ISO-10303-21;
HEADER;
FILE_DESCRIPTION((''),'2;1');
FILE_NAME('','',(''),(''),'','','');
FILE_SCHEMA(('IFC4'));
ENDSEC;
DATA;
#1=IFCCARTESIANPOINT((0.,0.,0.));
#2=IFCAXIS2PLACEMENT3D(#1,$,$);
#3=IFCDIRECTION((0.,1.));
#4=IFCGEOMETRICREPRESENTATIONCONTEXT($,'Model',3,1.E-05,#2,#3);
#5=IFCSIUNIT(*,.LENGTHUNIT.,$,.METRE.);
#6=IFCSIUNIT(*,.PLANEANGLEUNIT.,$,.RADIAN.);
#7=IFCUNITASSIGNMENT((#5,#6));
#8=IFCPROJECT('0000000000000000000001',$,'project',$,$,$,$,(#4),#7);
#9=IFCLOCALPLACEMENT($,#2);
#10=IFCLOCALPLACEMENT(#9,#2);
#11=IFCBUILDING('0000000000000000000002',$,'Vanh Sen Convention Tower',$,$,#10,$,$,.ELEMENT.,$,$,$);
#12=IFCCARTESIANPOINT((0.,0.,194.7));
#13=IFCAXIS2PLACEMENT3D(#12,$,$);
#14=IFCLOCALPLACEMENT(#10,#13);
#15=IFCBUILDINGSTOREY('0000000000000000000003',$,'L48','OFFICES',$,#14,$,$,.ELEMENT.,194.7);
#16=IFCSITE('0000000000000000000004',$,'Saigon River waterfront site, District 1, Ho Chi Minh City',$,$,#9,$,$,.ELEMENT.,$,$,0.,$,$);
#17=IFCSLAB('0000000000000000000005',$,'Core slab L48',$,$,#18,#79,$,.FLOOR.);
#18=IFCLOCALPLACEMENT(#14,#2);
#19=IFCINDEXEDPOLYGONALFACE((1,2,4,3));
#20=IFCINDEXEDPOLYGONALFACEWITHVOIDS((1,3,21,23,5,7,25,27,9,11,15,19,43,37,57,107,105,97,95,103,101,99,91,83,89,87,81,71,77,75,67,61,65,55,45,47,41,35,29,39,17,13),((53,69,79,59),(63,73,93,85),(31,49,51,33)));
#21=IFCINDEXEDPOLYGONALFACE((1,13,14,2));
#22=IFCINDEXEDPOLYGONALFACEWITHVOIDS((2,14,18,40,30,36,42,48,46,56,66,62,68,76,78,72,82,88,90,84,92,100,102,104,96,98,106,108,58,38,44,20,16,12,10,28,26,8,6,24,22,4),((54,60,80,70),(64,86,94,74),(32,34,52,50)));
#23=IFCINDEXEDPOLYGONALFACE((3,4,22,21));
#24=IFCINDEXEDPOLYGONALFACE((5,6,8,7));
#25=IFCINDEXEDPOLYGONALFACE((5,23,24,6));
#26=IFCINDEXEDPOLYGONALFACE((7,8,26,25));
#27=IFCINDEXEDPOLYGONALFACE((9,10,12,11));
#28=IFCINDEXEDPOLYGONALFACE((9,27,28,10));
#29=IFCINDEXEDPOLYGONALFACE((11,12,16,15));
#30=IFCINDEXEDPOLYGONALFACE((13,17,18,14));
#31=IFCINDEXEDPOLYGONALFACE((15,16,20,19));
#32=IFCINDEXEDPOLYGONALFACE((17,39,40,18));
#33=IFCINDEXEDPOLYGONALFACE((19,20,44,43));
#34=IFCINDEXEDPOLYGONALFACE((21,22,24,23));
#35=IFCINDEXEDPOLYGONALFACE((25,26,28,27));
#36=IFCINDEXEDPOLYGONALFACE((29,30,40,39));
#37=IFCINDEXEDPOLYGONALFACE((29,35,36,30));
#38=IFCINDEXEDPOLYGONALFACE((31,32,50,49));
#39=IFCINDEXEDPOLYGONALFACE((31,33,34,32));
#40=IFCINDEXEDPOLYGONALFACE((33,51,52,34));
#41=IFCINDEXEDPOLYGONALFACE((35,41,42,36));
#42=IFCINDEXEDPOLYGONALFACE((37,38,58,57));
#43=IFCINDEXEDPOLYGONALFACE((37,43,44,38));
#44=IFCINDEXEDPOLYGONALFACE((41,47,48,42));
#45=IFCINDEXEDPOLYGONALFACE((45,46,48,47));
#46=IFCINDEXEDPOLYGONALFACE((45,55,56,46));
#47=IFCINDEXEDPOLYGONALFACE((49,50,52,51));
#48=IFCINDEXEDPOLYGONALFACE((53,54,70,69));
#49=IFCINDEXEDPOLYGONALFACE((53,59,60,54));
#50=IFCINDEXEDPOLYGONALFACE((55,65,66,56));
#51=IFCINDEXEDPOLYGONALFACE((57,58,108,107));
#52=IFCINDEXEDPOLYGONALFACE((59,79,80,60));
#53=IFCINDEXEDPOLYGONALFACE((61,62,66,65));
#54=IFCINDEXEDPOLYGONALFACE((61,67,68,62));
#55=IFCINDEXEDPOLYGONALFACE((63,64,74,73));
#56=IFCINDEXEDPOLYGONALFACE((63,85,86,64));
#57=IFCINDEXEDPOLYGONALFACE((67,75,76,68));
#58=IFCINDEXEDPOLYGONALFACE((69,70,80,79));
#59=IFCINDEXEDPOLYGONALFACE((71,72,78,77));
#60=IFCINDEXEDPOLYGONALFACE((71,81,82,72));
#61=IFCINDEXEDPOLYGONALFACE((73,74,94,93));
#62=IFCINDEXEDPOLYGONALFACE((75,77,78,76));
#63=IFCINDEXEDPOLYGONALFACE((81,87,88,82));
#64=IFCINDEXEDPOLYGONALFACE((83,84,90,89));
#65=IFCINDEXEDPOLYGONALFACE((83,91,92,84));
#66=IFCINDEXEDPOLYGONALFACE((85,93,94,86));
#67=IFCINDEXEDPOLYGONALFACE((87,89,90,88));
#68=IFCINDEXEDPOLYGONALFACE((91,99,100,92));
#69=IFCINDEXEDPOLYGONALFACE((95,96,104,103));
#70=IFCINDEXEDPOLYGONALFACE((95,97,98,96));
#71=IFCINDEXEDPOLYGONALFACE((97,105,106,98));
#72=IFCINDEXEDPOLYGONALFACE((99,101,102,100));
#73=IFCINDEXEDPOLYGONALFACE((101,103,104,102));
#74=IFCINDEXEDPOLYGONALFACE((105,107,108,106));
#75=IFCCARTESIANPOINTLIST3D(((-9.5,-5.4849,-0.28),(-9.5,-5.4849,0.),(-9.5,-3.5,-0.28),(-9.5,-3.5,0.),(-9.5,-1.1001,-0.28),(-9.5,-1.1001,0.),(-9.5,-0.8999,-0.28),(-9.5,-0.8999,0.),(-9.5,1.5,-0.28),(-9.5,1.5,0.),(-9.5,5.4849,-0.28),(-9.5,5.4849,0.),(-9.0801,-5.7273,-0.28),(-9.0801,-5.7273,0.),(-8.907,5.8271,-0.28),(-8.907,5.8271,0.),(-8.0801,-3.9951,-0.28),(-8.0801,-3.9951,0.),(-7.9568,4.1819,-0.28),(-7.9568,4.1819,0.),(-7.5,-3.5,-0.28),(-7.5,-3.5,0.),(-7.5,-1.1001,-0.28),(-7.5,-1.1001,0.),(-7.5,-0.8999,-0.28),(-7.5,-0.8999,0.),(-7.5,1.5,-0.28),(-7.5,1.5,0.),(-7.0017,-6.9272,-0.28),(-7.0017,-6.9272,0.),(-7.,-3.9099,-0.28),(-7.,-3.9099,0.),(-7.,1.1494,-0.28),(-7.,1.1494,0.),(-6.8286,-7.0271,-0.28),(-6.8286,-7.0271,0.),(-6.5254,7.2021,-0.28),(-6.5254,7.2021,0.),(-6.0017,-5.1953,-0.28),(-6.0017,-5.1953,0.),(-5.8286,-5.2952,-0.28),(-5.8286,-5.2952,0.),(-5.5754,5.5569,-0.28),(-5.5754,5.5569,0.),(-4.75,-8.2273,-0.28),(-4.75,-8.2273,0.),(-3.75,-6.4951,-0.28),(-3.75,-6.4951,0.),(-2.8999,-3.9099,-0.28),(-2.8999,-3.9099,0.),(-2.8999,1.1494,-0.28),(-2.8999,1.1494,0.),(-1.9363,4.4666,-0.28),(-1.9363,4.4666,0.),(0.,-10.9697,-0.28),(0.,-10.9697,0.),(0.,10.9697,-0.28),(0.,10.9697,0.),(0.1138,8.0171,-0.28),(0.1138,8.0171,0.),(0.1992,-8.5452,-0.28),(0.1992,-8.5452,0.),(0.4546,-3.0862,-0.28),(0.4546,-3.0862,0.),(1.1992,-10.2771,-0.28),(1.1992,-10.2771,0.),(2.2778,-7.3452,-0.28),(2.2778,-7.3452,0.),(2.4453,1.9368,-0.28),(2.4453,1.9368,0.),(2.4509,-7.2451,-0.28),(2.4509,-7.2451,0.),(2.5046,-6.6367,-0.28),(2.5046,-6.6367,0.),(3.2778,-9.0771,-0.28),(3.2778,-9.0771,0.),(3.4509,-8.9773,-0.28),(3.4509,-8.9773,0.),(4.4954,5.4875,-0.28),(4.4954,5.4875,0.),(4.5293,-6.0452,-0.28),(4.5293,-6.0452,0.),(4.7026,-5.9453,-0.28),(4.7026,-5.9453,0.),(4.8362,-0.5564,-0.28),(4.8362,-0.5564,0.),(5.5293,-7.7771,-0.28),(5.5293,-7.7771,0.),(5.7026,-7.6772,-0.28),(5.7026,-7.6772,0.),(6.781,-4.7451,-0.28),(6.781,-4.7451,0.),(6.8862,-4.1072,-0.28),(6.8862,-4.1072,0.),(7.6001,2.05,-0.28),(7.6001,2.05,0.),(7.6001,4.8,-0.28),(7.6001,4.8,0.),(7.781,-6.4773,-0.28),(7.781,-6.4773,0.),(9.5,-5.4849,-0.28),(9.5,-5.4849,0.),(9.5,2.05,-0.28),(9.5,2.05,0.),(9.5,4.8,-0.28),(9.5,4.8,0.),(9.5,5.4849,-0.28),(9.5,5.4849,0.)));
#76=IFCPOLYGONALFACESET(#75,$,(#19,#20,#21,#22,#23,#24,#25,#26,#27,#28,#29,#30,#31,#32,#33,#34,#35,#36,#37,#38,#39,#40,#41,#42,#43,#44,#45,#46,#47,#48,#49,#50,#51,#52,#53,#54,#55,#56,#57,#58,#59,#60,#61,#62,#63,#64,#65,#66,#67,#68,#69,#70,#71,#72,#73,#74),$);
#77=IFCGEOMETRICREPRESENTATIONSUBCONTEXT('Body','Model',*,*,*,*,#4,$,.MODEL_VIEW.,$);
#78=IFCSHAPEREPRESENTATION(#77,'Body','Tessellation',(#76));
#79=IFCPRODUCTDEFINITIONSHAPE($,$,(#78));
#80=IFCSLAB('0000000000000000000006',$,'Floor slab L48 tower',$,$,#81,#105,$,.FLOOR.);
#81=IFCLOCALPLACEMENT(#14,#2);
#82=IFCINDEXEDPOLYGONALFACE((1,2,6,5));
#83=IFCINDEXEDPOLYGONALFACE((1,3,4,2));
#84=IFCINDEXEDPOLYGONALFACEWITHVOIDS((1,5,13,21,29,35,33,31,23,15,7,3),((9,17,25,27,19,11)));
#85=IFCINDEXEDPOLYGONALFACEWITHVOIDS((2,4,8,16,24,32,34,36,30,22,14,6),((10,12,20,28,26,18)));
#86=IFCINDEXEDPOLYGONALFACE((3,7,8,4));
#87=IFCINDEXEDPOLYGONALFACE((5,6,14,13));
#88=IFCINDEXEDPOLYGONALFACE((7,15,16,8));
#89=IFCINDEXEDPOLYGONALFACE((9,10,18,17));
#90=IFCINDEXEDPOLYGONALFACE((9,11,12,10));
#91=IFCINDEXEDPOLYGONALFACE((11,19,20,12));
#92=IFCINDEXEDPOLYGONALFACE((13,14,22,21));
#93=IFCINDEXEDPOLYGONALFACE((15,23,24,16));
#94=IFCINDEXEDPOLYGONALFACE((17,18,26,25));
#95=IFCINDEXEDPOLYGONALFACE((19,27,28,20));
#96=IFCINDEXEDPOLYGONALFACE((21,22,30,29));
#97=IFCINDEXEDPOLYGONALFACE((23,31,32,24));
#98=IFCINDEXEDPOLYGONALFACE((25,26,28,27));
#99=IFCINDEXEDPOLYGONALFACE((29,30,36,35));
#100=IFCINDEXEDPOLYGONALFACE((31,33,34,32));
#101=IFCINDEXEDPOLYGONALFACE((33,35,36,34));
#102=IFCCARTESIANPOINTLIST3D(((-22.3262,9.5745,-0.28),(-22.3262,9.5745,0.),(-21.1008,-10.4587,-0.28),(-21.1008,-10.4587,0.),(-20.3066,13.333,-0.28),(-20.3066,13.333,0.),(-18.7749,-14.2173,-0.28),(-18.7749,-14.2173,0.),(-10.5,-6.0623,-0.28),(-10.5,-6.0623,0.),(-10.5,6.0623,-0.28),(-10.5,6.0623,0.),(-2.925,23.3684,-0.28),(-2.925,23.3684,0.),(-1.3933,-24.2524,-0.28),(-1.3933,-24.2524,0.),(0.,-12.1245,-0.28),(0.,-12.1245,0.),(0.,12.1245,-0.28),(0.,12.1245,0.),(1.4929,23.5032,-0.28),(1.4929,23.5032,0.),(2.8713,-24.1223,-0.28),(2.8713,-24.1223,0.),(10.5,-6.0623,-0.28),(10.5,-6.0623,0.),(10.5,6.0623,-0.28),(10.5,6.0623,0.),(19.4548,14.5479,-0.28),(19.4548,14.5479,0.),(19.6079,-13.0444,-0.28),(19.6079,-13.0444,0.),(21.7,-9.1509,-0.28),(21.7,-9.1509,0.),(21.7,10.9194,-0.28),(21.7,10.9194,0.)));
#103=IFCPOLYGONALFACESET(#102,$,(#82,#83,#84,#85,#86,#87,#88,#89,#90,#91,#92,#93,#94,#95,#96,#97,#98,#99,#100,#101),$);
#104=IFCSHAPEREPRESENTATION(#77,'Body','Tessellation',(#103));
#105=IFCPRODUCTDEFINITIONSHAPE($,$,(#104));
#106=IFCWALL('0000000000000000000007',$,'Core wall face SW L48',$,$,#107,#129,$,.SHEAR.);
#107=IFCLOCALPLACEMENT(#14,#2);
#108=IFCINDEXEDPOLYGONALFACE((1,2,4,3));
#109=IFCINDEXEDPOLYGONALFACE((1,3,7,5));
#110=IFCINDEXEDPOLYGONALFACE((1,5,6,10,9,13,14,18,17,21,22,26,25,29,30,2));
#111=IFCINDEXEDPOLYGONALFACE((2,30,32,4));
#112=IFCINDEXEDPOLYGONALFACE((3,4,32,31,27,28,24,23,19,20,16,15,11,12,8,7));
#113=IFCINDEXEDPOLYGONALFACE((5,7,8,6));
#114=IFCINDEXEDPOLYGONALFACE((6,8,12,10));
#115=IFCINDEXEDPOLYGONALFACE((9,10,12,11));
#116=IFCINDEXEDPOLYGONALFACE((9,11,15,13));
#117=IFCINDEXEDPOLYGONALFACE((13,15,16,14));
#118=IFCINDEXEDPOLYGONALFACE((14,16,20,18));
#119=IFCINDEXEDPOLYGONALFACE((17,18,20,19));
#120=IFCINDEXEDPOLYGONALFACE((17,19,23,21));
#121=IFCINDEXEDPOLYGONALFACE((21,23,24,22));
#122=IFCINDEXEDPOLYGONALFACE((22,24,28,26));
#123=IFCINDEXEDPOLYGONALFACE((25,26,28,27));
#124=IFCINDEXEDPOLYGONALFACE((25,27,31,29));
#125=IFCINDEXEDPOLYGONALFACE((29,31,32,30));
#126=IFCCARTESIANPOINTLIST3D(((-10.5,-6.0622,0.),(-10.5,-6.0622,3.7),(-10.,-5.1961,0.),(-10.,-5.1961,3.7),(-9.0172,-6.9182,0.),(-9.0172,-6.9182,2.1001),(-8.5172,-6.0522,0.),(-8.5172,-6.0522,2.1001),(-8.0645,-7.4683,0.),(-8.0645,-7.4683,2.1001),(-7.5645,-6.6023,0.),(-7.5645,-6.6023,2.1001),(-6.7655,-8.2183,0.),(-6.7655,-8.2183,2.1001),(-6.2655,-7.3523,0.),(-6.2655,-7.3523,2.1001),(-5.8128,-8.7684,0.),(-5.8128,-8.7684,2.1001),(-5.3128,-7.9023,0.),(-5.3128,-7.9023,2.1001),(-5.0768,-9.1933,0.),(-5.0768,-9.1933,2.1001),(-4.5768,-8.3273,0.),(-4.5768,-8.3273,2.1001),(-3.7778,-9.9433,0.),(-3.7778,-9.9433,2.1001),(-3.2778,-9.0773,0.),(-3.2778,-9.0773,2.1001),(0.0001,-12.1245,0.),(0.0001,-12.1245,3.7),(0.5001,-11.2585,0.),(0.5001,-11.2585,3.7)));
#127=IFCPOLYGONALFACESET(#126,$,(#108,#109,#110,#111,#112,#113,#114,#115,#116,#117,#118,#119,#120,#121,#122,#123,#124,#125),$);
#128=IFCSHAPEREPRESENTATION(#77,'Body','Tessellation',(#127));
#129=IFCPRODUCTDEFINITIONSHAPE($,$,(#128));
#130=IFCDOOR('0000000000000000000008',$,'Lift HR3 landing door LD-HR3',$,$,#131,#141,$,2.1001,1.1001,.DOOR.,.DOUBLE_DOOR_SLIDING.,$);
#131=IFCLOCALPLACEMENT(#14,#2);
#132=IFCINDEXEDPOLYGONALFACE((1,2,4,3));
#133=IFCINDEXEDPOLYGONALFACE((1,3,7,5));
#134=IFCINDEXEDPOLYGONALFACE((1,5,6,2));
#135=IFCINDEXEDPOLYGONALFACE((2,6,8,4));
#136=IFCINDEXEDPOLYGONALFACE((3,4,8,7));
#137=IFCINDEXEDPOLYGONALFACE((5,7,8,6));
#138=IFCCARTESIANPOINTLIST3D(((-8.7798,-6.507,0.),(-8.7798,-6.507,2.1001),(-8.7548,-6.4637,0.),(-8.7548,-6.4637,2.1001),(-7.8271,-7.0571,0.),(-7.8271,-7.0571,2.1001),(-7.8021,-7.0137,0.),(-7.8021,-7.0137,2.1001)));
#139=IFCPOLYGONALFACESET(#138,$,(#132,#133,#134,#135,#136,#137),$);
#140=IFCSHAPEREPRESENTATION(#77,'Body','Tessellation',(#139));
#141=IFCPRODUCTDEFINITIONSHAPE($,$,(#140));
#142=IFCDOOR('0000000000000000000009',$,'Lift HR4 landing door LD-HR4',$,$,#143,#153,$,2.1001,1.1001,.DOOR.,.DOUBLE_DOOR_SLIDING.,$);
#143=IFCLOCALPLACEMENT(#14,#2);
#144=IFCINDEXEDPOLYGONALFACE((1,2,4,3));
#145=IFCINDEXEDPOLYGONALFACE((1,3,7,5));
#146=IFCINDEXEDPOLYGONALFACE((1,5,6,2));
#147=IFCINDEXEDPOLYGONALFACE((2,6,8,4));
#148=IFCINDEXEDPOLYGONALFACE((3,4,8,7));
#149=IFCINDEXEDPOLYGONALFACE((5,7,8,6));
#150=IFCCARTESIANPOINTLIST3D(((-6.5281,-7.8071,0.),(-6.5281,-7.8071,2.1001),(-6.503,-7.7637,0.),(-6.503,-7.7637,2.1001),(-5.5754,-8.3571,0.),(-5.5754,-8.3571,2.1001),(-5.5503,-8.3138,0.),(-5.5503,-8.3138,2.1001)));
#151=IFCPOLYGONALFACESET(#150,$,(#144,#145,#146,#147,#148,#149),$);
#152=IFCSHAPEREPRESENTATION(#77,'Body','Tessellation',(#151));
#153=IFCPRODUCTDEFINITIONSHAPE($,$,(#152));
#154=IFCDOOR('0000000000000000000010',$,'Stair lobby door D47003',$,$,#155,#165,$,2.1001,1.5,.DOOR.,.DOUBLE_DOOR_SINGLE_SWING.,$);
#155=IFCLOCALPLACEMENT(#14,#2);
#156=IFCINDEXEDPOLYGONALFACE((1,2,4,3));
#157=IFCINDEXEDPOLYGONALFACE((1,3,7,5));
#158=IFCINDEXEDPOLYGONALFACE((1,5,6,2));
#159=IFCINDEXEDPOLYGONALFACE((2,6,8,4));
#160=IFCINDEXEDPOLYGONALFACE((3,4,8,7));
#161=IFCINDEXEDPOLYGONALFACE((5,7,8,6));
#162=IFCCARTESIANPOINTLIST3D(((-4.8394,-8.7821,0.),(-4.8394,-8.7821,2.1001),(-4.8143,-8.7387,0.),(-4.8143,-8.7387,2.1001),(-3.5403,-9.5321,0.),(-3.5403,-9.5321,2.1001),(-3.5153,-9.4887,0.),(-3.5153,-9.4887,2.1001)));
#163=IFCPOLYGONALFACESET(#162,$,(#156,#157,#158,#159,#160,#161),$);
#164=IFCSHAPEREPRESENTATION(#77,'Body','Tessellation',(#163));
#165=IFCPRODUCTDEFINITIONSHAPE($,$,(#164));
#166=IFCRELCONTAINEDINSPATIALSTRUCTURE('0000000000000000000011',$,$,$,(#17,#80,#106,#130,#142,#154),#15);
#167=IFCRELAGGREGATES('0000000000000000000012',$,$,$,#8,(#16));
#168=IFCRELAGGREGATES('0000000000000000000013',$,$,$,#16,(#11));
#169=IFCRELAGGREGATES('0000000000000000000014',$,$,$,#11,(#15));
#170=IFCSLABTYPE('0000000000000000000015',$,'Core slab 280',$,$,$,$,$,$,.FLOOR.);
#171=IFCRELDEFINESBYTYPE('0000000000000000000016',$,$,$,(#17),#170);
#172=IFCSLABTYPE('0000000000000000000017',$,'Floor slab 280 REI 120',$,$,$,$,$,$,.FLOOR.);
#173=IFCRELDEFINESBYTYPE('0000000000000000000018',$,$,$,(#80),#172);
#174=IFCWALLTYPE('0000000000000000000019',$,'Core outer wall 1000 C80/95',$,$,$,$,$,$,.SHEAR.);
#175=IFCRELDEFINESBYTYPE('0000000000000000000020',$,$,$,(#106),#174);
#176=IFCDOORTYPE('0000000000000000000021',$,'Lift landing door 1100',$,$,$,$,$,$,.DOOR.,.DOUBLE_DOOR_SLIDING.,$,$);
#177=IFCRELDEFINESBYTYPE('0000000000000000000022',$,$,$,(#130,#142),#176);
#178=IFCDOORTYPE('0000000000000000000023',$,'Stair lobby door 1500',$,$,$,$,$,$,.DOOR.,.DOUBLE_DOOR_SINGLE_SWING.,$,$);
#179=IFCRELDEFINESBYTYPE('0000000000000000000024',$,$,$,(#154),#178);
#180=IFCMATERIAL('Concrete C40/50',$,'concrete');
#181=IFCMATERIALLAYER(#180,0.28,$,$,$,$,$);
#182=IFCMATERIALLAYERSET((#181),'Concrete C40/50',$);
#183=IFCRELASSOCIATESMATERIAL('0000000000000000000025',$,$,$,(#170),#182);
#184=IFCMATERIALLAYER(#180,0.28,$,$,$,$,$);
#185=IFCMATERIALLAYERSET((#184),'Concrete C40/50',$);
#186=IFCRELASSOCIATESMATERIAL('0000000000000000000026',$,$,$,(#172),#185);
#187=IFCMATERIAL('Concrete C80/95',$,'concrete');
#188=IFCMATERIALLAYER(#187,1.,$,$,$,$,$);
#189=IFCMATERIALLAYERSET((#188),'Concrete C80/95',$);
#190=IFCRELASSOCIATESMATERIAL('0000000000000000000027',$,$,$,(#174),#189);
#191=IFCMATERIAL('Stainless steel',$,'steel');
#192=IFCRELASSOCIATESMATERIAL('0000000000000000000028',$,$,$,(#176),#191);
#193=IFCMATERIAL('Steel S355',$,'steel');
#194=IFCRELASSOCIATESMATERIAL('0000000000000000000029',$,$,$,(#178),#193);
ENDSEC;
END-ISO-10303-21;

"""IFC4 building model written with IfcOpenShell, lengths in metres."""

from ifc_helpers import new_model, si_unit, direction, frame, frame_2d, origin, place, context, subcontext, project, spatial, polyline, rectangle, outline, extrude, material, layer, layer_set, type_object, element, fill, save


model = new_model("IFC4")

# Units and contexts
model_context = context("Model", 3, precision=1e-05, world=origin(), true_north=direction((0.0, 1.0)))
body_context = subcontext(model_context, "Body", "Model", "MODEL_VIEW")
ifc_project = project(units=[si_unit("LENGTHUNIT", "METRE"), si_unit("PLANEANGLEUNIT", "RADIAN")], contexts=[model_context])

# Site, building, storey
site_placement = place(None, origin())
site = spatial("IfcSite", under=ifc_project, at=site_placement, Name="Saigon River waterfront site, District 1, Ho Chi Minh City", CompositionType="ELEMENT", RefElevation=0.0)
building_placement = place(site_placement, origin())
building = spatial("IfcBuilding", under=site, at=building_placement, Name="Vanh Sen Convention Tower", CompositionType="ELEMENT")
storey_placement = place(building_placement, frame((0.0, 0.0, 194.7)))
storey = spatial("IfcBuildingStorey", under=building, at=storey_placement, Name="L48", Description="OFFICES", CompositionType="ELEMENT", Elevation=194.7)

# Slabs
ifc_material_1 = material(Name="Concrete C40/50", Category="concrete")
ifc_layer_1 = layer(ifc_material_1, 0.28)
ifc_layer_set_1 = layer_set([ifc_layer_1], Name="Concrete C40/50")
slab_type_1 = type_object("IfcSlabType", Name="Core slab 280", PredefinedType="FLOOR", material=ifc_layer_set_1)
slab_1_placement = place(storey_placement, frame((0.0, 0.0, -0.28)))
element("IfcSlab", 1, at=slab_1_placement, inside=storey, type_object=slab_type_1, Name="Core slab L48", PredefinedType="FLOOR", context=body_context, shape_type="SweptSolid", body=[
    extrude(outline(polyline([(0.0, 10.9697), (9.5, 5.4849), (9.5, 4.8), (7.6001, 4.8), (7.6001, 2.05), (9.5, 2.05), (9.5, -5.4849), (7.781, -6.4773), (6.781, -4.7451), (4.7026, -5.9453), (5.7026, -7.6772), (5.5293, -7.7771), (4.5293, -6.0452), (2.4509, -7.2451), (3.4509, -8.9773), (3.2778, -9.0771), (2.2778, -7.3452), (0.1992, -8.5452), (1.1992, -10.2771), (0.0, -10.9697), (-4.75, -8.2273), (-3.75, -6.4951), (-5.8286, -5.2952), (-6.8286, -7.0271), (-7.0017, -6.9272), (-6.0017, -5.1953), (-8.0801, -3.9951), (-9.0801, -5.7273), (-9.5, -5.4849), (-9.5, -3.5), (-7.5, -3.5), (-7.5, -1.1001), (-9.5, -1.1001), (-9.5, -0.8999), (-7.5, -0.8999), (-7.5, 1.5), (-9.5, 1.5), (-9.5, 5.4849), (-8.907, 5.8271), (-7.9568, 4.1819), (-5.5754, 5.5569), (-6.5254, 7.2021), (0.0, 10.9697)]), holes=[polyline([(-7.0, 1.1494), (-7.0, -3.9099), (-2.8999, -3.9099), (-2.8999, 1.1494), (-7.0, 1.1494)]), polyline([(2.5046, -6.6367), (6.8862, -4.1072), (4.8362, -0.5564), (0.4546, -3.0862), (2.5046, -6.6367)]), polyline([(0.1138, 8.0171), (-1.9363, 4.4666), (2.4453, 1.9368), (4.4954, 5.4875), (0.1138, 8.0171)])]), origin(), (0.0, 0.0, 1.0), 0.28),
])
ifc_layer_2 = layer(ifc_material_1, 0.28)
ifc_layer_set_2 = layer_set([ifc_layer_2], Name="Concrete C40/50")
slab_type_2 = type_object("IfcSlabType", Name="Floor slab 280 REI 120", PredefinedType="FLOOR", material=ifc_layer_set_2)
slab_2_placement = place(storey_placement, frame((0.0, 0.0, -0.28)))
element("IfcSlab", 2, at=slab_2_placement, inside=storey, type_object=slab_type_2, Name="Floor slab L48 tower", PredefinedType="FLOOR", context=body_context, shape_type="SweptSolid", body=[
    extrude(outline(polyline([(21.7, -9.1509), (21.7, 10.9194), (19.4548, 14.5479), (1.4929, 23.5032), (-2.925, 23.3684), (-20.3066, 13.333), (-22.3262, 9.5745), (-21.1008, -10.4587), (-18.7749, -14.2173), (-1.3933, -24.2524), (2.8713, -24.1223), (19.6079, -13.0444), (21.7, -9.1509)]), holes=[polyline([(0.0, 12.1245), (-10.5, 6.0623), (-10.5, -6.0623), (0.0, -12.1245), (10.5, -6.0623), (10.5, 6.0623), (0.0, 12.1245)])]), origin(), (0.0, 0.0, 1.0), 0.28),
])

# Wall, openings, doors
ifc_material_2 = material(Name="Concrete C80/95", Category="concrete")
ifc_layer_3 = layer(ifc_material_2, 1.0)
ifc_layer_set_3 = layer_set([ifc_layer_3], Name="Concrete C80/95")
wall_type_1 = type_object("IfcWallType", Name="Core outer wall 1000 C80/95", PredefinedType="SHEAR", material=ifc_layer_set_3)
wall_1_placement = place(storey_placement, frame((-10.25, -5.6292, 0.0), z_axis=(0.0, 0.0, 1.0), x_axis=(0.866023, -0.500005, 0.0)))
wall_1 = element("IfcWall", 3, at=wall_1_placement, inside=storey, type_object=wall_type_1, Name="Core wall face SW L48", PredefinedType="SHEAR", context=body_context, shape_type="SweptSolid", body=[
    extrude(rectangle(XDim=12.1245, YDim=1.0, at=frame_2d((6.0623, 0.0))), origin(), (0.0, 0.0, 1.0), 3.7),
])
opening_1_placement = place(wall_1_placement, frame((6.2622, 0.0, 0.0)))
opening_1 = element("IfcOpeningElement", 4, at=opening_1_placement, cuts=wall_1, PredefinedType="OPENING", context=body_context, shape_type="SweptSolid", body=[
    extrude(rectangle(XDim=1.5, YDim=2.1001, at=frame_2d((0.75, 1.05))), frame((0.0, 0.51, 0.0), z_axis=(0.0, -1.0, 0.0), x_axis=(1.0, 0.0, 0.0)), (0.0, 0.0, 1.0), 1.02),
])
opening_2_placement = place(wall_1_placement, frame((1.7122, 0.0, 0.0)))
opening_2 = element("IfcOpeningElement", 5, at=opening_2_placement, cuts=wall_1, PredefinedType="OPENING", context=body_context, shape_type="SweptSolid", body=[
    extrude(rectangle(XDim=1.1001, YDim=2.1001, at=frame_2d((0.55, 1.05))), frame((0.0, 0.51, 0.0), z_axis=(0.0, -1.0, 0.0), x_axis=(1.0, 0.0, 0.0)), (0.0, 0.0, 1.0), 1.02),
])
opening_3_placement = place(wall_1_placement, frame((4.3123, 0.0, 0.0)))
opening_3 = element("IfcOpeningElement", 6, at=opening_3_placement, cuts=wall_1, PredefinedType="OPENING", context=body_context, shape_type="SweptSolid", body=[
    extrude(rectangle(XDim=1.1001, YDim=2.1001, at=frame_2d((0.55, 1.05))), frame((0.0, 0.51, 0.0), z_axis=(0.0, -1.0, 0.0), x_axis=(1.0, 0.0, 0.0)), (0.0, 0.0, 1.0), 1.02),
])
ifc_material_3 = material(Name="Stainless steel", Category="steel")
door_type_1 = type_object("IfcDoorType", Name="Lift landing door 1100", OperationType="DOUBLE_DOOR_SLIDING", PredefinedType="DOOR", material=ifc_material_3)
door_1_placement = place(opening_2_placement, origin())
door_1 = element("IfcDoor", 7, at=door_1_placement, inside=storey, type_object=door_type_1, Name="Lift HR3 landing door LD-HR3", OperationType="DOUBLE_DOOR_SLIDING", OverallHeight=2.1001, OverallWidth=1.1001, PredefinedType="DOOR", context=body_context, shape_type="SweptSolid", body=[
    extrude(rectangle(XDim=1.1001, YDim=2.1001, at=frame_2d((0.55, 1.05))), frame((0.0, 0.0249, 0.0), z_axis=(0.0, -1.0, 0.0), x_axis=(1.0, 0.0, 0.0)), (0.0, 0.0, 1.0), 0.05),
])
fill(opening_2, door_1)
door_2_placement = place(opening_3_placement, origin())
door_2 = element("IfcDoor", 8, at=door_2_placement, inside=storey, type_object=door_type_1, Name="Lift HR4 landing door LD-HR4", OperationType="DOUBLE_DOOR_SLIDING", OverallHeight=2.1001, OverallWidth=1.1001, PredefinedType="DOOR", context=body_context, shape_type="SweptSolid", body=[
    extrude(rectangle(XDim=1.1001, YDim=2.1001, at=frame_2d((0.55, 1.05))), frame((0.0, 0.0249, 0.0), z_axis=(0.0, -1.0, 0.0), x_axis=(1.0, 0.0, 0.0)), (0.0, 0.0, 1.0), 0.05),
])
fill(opening_3, door_2)
ifc_material_4 = material(Name="Steel S355", Category="steel")
door_type_2 = type_object("IfcDoorType", Name="Stair lobby door 1500", OperationType="DOUBLE_DOOR_SINGLE_SWING", PredefinedType="DOOR", material=ifc_material_4)
door_3_placement = place(opening_1_placement, origin())
door_3 = element("IfcDoor", 9, at=door_3_placement, inside=storey, type_object=door_type_2, Name="Stair lobby door D47003", OperationType="DOUBLE_DOOR_SINGLE_SWING", OverallHeight=2.1001, OverallWidth=1.5, PredefinedType="DOOR", context=body_context, shape_type="SweptSolid", body=[
    extrude(rectangle(XDim=1.5, YDim=2.1001, at=frame_2d((0.75, 1.05))), frame((0.0, 0.0249, 0.0), z_axis=(0.0, -1.0, 0.0), x_axis=(1.0, 0.0, 0.0)), (0.0, 0.0, 1.0), 0.05),
])
fill(opening_1, door_3)

save(model, "model.ifc")
